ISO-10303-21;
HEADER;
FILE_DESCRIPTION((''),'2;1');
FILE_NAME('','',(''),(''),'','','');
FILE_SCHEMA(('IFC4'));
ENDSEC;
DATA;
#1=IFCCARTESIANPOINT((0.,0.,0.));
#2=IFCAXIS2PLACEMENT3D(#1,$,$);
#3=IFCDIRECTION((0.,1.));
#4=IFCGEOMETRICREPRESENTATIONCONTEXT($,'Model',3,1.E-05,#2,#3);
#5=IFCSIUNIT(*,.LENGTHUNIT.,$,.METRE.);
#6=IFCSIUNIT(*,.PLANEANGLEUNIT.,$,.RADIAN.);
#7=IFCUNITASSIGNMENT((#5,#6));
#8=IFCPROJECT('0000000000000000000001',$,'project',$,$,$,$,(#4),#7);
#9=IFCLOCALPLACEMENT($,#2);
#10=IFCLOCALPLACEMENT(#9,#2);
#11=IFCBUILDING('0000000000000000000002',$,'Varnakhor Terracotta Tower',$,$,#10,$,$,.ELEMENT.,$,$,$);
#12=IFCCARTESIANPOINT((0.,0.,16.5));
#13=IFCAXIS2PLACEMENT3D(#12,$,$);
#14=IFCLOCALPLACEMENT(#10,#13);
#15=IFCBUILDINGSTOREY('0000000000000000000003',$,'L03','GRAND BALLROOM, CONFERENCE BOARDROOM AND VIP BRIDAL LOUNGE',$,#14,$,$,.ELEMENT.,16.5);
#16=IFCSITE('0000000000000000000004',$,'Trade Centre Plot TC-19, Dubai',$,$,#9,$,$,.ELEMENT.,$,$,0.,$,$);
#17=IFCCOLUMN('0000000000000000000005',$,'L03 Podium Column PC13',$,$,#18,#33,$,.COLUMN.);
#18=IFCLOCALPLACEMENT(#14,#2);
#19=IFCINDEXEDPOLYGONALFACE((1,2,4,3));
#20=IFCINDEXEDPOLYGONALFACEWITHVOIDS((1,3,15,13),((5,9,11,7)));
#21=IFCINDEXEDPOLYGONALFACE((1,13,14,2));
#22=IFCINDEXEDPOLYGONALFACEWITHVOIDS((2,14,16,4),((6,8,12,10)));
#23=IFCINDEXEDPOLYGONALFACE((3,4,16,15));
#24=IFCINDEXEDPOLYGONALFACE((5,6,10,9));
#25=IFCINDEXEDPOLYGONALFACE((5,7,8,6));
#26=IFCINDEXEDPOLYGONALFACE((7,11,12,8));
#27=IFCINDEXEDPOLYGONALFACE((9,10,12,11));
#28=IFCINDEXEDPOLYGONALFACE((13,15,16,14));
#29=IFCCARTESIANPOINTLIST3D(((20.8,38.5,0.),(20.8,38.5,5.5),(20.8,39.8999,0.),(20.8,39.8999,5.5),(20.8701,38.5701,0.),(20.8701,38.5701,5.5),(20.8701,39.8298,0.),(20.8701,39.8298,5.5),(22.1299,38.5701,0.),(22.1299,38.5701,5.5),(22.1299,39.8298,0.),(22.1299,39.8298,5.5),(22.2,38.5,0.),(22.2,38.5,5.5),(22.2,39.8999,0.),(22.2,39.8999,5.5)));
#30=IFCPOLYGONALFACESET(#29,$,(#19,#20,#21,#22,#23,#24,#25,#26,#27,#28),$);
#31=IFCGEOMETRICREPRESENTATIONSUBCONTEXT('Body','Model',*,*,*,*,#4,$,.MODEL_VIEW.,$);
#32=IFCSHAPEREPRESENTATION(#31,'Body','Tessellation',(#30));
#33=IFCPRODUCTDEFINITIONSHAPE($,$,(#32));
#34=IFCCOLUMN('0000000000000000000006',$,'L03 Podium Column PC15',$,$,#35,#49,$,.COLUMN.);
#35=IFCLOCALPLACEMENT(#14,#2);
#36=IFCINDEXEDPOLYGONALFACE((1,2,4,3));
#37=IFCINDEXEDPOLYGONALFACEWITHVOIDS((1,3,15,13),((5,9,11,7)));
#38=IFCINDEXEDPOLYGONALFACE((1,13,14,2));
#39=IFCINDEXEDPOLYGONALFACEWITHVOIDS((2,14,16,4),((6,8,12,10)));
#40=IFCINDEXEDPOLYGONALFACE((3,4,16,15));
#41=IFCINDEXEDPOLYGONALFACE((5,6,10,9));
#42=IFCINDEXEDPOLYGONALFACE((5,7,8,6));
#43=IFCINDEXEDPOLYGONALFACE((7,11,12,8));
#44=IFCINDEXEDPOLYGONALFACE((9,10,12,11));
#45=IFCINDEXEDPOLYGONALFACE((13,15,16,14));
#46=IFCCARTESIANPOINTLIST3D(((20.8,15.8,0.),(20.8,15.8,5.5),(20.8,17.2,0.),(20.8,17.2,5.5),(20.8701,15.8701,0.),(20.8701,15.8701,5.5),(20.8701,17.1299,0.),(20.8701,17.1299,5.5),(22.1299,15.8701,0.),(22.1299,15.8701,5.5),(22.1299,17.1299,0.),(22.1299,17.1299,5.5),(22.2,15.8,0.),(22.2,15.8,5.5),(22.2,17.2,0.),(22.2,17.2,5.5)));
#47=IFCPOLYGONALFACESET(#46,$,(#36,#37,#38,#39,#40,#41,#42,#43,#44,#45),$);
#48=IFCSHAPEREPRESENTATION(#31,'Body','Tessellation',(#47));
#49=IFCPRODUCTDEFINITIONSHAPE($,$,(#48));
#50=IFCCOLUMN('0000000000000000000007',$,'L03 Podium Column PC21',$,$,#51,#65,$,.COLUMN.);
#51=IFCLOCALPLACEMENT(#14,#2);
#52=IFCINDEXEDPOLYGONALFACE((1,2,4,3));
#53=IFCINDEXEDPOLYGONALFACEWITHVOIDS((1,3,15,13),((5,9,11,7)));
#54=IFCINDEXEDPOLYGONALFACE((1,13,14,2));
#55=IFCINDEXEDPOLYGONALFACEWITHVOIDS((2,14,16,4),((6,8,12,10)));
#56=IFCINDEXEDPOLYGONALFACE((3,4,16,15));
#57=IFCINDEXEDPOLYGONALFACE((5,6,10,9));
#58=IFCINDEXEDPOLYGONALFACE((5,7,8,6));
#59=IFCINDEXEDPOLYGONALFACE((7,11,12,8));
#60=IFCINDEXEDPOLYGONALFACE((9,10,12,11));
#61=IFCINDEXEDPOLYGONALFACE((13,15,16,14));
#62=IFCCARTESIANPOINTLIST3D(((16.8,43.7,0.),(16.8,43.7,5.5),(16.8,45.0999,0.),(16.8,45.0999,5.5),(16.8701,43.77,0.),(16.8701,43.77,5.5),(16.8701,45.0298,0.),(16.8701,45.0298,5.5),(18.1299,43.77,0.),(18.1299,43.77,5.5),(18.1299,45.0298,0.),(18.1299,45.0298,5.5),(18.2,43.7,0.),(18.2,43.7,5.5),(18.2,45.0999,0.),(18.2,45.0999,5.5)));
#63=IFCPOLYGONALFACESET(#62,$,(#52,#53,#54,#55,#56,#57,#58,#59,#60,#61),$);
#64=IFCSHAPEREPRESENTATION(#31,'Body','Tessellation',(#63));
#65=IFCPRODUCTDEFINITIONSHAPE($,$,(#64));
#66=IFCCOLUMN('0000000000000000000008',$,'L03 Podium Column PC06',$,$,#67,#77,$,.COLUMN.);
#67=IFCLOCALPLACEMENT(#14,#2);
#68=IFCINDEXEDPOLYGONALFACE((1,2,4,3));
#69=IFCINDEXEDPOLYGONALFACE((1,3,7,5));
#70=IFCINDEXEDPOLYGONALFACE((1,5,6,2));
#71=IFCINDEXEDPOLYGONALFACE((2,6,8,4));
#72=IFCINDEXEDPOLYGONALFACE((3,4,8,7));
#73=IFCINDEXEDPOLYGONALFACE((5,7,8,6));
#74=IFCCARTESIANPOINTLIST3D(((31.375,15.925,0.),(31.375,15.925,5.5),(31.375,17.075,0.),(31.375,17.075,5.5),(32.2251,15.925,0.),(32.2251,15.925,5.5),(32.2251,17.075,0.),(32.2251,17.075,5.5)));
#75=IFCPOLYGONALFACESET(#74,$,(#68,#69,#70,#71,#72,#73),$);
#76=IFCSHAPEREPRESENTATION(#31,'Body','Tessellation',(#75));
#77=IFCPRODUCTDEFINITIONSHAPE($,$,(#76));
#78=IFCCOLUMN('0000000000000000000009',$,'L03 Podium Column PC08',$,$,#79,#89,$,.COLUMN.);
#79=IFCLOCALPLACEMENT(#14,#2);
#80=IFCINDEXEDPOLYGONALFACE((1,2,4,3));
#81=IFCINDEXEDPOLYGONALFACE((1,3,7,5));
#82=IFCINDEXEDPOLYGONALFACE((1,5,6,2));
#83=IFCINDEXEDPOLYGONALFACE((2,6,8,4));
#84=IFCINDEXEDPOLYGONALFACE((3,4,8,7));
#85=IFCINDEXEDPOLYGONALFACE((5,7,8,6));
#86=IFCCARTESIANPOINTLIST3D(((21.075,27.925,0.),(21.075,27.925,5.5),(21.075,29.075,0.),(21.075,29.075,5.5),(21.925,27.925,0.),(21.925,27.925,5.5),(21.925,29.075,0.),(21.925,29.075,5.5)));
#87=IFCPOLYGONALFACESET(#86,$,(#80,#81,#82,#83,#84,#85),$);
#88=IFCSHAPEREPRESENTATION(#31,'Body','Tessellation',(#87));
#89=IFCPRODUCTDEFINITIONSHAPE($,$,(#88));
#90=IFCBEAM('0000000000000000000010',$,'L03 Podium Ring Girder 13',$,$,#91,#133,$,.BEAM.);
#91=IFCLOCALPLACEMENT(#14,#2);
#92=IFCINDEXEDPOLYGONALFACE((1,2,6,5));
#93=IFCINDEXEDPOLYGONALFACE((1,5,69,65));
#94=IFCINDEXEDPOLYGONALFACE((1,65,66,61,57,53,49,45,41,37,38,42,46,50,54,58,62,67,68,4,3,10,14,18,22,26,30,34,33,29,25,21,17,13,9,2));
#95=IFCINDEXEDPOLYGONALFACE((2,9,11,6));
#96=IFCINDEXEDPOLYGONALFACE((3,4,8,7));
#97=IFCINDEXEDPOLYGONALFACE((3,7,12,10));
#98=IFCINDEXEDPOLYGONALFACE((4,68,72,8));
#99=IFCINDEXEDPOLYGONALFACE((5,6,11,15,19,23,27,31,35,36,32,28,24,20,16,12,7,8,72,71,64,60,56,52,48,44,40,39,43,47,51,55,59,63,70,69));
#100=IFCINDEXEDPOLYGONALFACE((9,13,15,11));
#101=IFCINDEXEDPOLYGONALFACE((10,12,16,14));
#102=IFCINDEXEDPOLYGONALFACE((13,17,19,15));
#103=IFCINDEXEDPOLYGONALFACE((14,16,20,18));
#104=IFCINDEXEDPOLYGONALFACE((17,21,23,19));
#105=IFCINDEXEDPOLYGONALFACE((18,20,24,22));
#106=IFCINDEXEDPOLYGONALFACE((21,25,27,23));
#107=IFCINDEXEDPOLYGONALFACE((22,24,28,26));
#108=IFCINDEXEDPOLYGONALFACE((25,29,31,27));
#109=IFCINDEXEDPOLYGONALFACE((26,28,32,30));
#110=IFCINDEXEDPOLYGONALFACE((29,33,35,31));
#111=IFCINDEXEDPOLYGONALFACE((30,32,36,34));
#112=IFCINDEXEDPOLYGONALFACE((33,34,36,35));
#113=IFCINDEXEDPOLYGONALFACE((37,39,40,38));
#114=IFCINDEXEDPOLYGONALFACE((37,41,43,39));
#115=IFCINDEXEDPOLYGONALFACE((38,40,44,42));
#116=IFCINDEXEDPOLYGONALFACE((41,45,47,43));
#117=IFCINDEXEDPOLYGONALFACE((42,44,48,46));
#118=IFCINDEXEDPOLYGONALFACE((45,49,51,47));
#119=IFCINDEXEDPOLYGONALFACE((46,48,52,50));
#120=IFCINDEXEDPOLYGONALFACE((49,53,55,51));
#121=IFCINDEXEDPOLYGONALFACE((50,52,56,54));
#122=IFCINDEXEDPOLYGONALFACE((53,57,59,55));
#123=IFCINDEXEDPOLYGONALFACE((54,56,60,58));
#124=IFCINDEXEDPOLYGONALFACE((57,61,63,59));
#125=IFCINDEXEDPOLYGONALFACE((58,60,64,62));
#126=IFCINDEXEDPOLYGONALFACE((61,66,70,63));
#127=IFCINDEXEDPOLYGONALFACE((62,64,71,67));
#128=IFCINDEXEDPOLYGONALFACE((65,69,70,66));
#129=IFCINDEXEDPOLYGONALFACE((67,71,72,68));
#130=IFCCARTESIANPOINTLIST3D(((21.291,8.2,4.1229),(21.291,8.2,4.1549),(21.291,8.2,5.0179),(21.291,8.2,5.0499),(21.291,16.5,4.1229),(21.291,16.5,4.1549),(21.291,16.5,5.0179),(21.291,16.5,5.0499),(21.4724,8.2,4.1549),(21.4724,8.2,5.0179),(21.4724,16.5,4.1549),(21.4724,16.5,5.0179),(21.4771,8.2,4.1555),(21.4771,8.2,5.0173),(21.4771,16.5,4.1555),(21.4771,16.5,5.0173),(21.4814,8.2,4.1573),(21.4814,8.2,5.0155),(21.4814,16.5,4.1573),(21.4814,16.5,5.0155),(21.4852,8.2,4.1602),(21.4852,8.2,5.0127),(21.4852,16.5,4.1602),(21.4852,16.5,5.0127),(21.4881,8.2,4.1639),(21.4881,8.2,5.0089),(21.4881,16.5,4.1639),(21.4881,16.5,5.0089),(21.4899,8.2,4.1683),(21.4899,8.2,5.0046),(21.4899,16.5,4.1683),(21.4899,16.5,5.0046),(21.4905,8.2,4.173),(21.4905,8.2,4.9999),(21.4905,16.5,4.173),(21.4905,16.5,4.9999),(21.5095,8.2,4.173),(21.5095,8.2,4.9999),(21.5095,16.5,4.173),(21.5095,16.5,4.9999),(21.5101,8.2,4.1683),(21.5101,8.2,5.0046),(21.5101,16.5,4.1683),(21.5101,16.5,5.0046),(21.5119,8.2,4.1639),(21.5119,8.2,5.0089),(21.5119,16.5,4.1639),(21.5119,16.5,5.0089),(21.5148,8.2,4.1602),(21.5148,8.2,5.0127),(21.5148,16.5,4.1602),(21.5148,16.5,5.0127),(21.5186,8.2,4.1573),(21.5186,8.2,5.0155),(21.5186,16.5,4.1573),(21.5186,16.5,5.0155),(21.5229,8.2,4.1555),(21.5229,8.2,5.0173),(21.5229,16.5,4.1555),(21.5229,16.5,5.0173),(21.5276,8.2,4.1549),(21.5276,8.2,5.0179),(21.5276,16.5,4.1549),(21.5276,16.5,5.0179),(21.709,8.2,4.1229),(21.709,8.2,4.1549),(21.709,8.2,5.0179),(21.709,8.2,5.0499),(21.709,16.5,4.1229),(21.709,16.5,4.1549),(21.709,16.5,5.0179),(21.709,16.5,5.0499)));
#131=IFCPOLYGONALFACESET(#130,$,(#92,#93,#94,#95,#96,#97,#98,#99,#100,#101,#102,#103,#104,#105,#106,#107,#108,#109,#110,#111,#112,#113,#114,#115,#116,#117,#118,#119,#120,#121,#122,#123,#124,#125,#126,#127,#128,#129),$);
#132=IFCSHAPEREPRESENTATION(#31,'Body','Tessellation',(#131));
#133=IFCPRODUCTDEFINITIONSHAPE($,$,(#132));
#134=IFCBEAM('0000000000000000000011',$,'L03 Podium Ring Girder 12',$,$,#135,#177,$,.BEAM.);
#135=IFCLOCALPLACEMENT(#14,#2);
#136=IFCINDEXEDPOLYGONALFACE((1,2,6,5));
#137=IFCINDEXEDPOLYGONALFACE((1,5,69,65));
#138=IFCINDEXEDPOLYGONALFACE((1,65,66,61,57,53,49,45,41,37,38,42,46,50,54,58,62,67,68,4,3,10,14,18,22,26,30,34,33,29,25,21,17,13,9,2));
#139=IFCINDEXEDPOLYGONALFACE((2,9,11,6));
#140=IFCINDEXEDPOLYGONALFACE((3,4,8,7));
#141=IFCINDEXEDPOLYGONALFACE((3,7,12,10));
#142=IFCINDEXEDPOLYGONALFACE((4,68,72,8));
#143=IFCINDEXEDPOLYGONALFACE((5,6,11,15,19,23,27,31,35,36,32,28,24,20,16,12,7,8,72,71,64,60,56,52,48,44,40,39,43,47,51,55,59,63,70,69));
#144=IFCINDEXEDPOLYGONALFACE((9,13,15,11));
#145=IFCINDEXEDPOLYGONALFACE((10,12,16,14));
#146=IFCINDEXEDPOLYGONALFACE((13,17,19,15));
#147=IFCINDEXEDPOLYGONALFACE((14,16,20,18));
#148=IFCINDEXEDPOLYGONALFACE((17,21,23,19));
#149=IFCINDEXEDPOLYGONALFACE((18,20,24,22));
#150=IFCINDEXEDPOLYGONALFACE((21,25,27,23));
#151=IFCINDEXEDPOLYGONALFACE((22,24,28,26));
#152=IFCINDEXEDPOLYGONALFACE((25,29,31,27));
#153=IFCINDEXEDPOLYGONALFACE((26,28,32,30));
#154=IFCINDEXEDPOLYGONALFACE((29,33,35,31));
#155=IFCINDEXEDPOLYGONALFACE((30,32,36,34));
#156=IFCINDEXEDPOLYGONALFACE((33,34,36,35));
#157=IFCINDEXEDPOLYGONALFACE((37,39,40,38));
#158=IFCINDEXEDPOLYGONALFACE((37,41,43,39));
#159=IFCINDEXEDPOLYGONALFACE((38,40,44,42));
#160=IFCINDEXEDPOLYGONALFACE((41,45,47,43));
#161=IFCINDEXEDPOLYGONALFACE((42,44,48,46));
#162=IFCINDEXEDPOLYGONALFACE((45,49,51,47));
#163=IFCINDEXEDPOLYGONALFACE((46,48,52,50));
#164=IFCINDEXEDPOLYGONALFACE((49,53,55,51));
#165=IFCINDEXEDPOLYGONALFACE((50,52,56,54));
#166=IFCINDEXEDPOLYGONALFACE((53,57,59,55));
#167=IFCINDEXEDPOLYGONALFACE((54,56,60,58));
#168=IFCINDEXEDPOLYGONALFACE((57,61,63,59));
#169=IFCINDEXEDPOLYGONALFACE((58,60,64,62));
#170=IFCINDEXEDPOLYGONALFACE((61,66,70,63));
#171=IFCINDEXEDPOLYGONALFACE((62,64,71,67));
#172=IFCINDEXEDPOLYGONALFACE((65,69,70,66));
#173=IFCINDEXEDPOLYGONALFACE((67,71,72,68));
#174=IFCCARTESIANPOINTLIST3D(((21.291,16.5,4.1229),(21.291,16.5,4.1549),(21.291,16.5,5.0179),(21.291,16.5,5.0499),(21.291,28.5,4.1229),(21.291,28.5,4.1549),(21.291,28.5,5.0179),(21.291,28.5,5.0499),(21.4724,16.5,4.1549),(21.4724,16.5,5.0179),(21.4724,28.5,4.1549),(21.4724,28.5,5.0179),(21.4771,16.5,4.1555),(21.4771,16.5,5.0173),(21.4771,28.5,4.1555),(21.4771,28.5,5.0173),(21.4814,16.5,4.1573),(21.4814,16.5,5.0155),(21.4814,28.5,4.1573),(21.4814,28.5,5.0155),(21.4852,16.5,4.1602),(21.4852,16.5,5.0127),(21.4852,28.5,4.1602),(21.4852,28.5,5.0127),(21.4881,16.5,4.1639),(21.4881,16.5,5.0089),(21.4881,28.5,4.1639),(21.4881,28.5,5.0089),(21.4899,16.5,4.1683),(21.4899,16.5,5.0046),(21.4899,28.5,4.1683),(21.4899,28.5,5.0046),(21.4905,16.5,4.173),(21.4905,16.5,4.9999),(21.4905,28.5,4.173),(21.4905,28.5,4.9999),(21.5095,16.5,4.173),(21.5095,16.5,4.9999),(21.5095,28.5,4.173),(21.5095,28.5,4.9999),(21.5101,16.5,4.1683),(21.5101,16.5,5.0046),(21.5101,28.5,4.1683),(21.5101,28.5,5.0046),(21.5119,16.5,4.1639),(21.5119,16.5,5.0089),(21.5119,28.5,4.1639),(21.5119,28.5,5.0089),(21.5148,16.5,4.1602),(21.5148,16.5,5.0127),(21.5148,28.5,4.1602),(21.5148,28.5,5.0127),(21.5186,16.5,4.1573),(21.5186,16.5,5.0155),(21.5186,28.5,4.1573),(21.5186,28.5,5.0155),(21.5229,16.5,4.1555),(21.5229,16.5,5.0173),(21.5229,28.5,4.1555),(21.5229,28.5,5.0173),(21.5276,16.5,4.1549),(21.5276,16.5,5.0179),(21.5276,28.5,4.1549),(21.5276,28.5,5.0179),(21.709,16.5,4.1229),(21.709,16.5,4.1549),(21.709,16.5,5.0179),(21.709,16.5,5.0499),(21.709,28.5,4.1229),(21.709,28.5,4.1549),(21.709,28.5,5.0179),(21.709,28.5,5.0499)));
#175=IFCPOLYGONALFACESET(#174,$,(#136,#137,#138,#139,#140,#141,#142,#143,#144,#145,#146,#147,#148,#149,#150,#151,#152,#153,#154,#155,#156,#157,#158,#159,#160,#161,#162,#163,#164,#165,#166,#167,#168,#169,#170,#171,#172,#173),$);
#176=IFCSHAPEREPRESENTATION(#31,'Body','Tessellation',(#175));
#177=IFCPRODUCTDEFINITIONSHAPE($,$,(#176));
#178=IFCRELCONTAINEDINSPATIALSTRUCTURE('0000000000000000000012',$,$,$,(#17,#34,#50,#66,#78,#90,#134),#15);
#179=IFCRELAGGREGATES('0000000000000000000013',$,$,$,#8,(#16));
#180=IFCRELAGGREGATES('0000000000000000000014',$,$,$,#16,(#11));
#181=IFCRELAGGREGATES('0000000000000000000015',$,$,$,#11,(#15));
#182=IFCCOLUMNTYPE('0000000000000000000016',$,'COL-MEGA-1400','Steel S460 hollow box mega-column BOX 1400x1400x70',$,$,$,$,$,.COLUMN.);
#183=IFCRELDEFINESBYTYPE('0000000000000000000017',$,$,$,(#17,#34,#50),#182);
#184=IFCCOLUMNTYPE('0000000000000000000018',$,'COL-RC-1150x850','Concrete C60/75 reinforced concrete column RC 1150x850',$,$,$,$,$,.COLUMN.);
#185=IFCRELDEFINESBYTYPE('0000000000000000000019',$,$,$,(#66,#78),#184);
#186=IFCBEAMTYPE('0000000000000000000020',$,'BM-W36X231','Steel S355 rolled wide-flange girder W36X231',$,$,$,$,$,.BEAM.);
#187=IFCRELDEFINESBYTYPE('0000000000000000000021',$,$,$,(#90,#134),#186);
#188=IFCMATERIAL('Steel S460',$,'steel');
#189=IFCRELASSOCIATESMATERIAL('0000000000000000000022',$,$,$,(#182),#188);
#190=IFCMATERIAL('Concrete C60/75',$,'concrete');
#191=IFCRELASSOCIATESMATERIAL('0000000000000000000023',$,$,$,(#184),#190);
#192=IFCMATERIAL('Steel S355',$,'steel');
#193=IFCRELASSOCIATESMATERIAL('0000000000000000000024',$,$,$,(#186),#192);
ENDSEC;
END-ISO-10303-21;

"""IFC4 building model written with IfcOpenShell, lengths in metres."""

from ifc_helpers import new_model, si_unit, direction, frame, origin, origin_2d, place, context, subcontext, project, spatial, rectangle, hollow_rectangle, i_section, extrude, source, transform, mapped, material, material_profile, profile_set, type_object, element, save


model = new_model("IFC4")

# Units and contexts
model_context = context("Model", 3, precision=1e-05, world=origin(), true_north=direction((0.0, 1.0)))
body_context = subcontext(model_context, "Body", "Model", "MODEL_VIEW")
ifc_project = project(units=[si_unit("LENGTHUNIT", "METRE"), si_unit("PLANEANGLEUNIT", "RADIAN")], contexts=[model_context])

# Site, building, storey
site_placement = place(None, origin())
site = spatial("IfcSite", under=ifc_project, at=site_placement, Name="Trade Centre Plot TC-19, Dubai", CompositionType="ELEMENT", RefElevation=0.0)
building_placement = place(site_placement, origin())
building = spatial("IfcBuilding", under=site, at=building_placement, Name="Varnakhor Terracotta Tower", CompositionType="ELEMENT")
storey_placement = place(building_placement, frame((0.0, 0.0, 16.5)))
storey = spatial("IfcBuildingStorey", under=building, at=storey_placement, Name="L03", Description="GRAND BALLROOM, CONFERENCE BOARDROOM AND VIP BRIDAL LOUNGE", CompositionType="ELEMENT", Elevation=16.5)

# Columns
ifc_material_1 = material(Name="Steel S460", Category="steel")
ifc_material_profile_1 = material_profile(ifc_material_1, hollow_rectangle(XDim=1.3999, YDim=1.3999, WallThickness=0.0701, at=origin_2d()), Name="BOX 1400x1400x70")
ifc_profile_set_1 = profile_set([ifc_material_profile_1], Name="Steel S460")
column_type_1 = type_object("IfcColumnType", Name="COL-MEGA-1400", Description="Steel S460 hollow box mega-column BOX 1400x1400x70", PredefinedType="COLUMN", material=ifc_profile_set_1)
shared_shape_1 = source(origin(), body_context, "Body", "SweptSolid", [
    extrude(hollow_rectangle(XDim=1.3999, YDim=1.3999, WallThickness=0.0701, at=origin_2d()), origin(), (0.0, 0.0, 1.0), 5.5),
])
for number, where, z_axis, x_axis, name in (
    (1, (21.5, 39.2, 0.0), (0.0, 0.0, 1.0), (1.0, 0.0, 0.0), "L03 Podium Column PC13"),
    (2, (21.5, 16.5, 0.0), (0.0, 0.0, 1.0), (1.0, 0.0, 0.0), "L03 Podium Column PC15"),
    (3, (17.5, 44.3999, 0.0), (0.0, 0.0, 1.0), (1.0, 0.0, 0.0), "L03 Podium Column PC21"),
):
    element("IfcColumn", number, at=place(storey_placement, frame(where, z_axis=z_axis, x_axis=x_axis)), inside=storey, type_object=column_type_1, Name=name, PredefinedType="COLUMN", context=body_context, shape_type="MappedRepresentation", body=[
        mapped(shared_shape_1, transform((0.0, 0.0, 0.0), scale=1.0)),
    ])
ifc_material_2 = material(Name="Concrete C60/75", Category="concrete")
ifc_material_profile_2 = material_profile(ifc_material_2, rectangle(XDim=0.8501, YDim=1.1499, at=origin_2d()), Name="RC 1150x850")
ifc_profile_set_2 = profile_set([ifc_material_profile_2], Name="Concrete C60/75")
column_type_2 = type_object("IfcColumnType", Name="COL-RC-1150x850", Description="Concrete C60/75 reinforced concrete column RC 1150x850", PredefinedType="COLUMN", material=ifc_profile_set_2)
shared_shape_2 = source(origin(), body_context, "Body", "SweptSolid", [
    extrude(rectangle(XDim=0.8501, YDim=1.1499, at=origin_2d()), origin(), (0.0, 0.0, 1.0), 5.5),
])
for number, where, z_axis, x_axis, name in (
    (4, (31.8, 16.5, 0.0), (0.0, 0.0, 1.0), (1.0, 0.0, 0.0), "L03 Podium Column PC06"),
    (5, (21.5, 28.5, 0.0), (0.0, 0.0, 1.0), (1.0, 0.0, 0.0), "L03 Podium Column PC08"),
):
    element("IfcColumn", number, at=place(storey_placement, frame(where, z_axis=z_axis, x_axis=x_axis)), inside=storey, type_object=column_type_2, Name=name, PredefinedType="COLUMN", context=body_context, shape_type="MappedRepresentation", body=[
        mapped(shared_shape_2, transform((0.0, 0.0, 0.0), scale=1.0)),
    ])

# Beams
ifc_material_3 = material(Name="Steel S355", Category="steel")
ifc_material_profile_3 = material_profile(ifc_material_3, i_section(OverallWidth=0.418, OverallDepth=0.927, WebThickness=0.019, FlangeThickness=0.032, FilletRadius=0.0181, at=origin_2d()), Name="W36X231")
ifc_profile_set_3 = profile_set([ifc_material_profile_3], Name="Steel S355")
beam_type_1 = type_object("IfcBeamType", Name="BM-W36X231", Description="Steel S355 rolled wide-flange girder W36X231", PredefinedType="BEAM", material=ifc_profile_set_3)
shared_shape_3 = source(origin(), body_context, "Body", "SweptSolid", [
    extrude(i_section(OverallWidth=0.418, OverallDepth=0.927, WebThickness=0.019, FlangeThickness=0.032, FilletRadius=0.0181, at=origin_2d()), origin(), (0.0, 0.0, 1.0), 8.3),
])
beam_1_placement = place(storey_placement, frame((21.5, 16.5, 4.5864), z_axis=(0.0, -1.0, 0.0), x_axis=(1.0, 0.0, 0.0)))
element("IfcBeam", 6, at=beam_1_placement, inside=storey, type_object=beam_type_1, Name="L03 Podium Ring Girder 13", PredefinedType="BEAM", context=body_context, shape_type="MappedRepresentation", body=[
    mapped(shared_shape_3, transform((0.0, 0.0, 0.0), scale=1.0)),
])
shared_shape_4 = source(origin(), body_context, "Body", "SweptSolid", [
    extrude(i_section(OverallWidth=0.418, OverallDepth=0.927, WebThickness=0.019, FlangeThickness=0.032, FilletRadius=0.0181, at=origin_2d()), origin(), (0.0, 0.0, 1.0), 12.0),
])
beam_2_placement = place(storey_placement, frame((21.5, 28.5, 4.5864), z_axis=(0.0, -1.0, 0.0), x_axis=(1.0, 0.0, 0.0)))
element("IfcBeam", 7, at=beam_2_placement, inside=storey, type_object=beam_type_1, Name="L03 Podium Ring Girder 12", PredefinedType="BEAM", context=body_context, shape_type="MappedRepresentation", body=[
    mapped(shared_shape_4, transform((0.0, 0.0, 0.0), scale=1.0)),
])

save(model, "model.ifc")
